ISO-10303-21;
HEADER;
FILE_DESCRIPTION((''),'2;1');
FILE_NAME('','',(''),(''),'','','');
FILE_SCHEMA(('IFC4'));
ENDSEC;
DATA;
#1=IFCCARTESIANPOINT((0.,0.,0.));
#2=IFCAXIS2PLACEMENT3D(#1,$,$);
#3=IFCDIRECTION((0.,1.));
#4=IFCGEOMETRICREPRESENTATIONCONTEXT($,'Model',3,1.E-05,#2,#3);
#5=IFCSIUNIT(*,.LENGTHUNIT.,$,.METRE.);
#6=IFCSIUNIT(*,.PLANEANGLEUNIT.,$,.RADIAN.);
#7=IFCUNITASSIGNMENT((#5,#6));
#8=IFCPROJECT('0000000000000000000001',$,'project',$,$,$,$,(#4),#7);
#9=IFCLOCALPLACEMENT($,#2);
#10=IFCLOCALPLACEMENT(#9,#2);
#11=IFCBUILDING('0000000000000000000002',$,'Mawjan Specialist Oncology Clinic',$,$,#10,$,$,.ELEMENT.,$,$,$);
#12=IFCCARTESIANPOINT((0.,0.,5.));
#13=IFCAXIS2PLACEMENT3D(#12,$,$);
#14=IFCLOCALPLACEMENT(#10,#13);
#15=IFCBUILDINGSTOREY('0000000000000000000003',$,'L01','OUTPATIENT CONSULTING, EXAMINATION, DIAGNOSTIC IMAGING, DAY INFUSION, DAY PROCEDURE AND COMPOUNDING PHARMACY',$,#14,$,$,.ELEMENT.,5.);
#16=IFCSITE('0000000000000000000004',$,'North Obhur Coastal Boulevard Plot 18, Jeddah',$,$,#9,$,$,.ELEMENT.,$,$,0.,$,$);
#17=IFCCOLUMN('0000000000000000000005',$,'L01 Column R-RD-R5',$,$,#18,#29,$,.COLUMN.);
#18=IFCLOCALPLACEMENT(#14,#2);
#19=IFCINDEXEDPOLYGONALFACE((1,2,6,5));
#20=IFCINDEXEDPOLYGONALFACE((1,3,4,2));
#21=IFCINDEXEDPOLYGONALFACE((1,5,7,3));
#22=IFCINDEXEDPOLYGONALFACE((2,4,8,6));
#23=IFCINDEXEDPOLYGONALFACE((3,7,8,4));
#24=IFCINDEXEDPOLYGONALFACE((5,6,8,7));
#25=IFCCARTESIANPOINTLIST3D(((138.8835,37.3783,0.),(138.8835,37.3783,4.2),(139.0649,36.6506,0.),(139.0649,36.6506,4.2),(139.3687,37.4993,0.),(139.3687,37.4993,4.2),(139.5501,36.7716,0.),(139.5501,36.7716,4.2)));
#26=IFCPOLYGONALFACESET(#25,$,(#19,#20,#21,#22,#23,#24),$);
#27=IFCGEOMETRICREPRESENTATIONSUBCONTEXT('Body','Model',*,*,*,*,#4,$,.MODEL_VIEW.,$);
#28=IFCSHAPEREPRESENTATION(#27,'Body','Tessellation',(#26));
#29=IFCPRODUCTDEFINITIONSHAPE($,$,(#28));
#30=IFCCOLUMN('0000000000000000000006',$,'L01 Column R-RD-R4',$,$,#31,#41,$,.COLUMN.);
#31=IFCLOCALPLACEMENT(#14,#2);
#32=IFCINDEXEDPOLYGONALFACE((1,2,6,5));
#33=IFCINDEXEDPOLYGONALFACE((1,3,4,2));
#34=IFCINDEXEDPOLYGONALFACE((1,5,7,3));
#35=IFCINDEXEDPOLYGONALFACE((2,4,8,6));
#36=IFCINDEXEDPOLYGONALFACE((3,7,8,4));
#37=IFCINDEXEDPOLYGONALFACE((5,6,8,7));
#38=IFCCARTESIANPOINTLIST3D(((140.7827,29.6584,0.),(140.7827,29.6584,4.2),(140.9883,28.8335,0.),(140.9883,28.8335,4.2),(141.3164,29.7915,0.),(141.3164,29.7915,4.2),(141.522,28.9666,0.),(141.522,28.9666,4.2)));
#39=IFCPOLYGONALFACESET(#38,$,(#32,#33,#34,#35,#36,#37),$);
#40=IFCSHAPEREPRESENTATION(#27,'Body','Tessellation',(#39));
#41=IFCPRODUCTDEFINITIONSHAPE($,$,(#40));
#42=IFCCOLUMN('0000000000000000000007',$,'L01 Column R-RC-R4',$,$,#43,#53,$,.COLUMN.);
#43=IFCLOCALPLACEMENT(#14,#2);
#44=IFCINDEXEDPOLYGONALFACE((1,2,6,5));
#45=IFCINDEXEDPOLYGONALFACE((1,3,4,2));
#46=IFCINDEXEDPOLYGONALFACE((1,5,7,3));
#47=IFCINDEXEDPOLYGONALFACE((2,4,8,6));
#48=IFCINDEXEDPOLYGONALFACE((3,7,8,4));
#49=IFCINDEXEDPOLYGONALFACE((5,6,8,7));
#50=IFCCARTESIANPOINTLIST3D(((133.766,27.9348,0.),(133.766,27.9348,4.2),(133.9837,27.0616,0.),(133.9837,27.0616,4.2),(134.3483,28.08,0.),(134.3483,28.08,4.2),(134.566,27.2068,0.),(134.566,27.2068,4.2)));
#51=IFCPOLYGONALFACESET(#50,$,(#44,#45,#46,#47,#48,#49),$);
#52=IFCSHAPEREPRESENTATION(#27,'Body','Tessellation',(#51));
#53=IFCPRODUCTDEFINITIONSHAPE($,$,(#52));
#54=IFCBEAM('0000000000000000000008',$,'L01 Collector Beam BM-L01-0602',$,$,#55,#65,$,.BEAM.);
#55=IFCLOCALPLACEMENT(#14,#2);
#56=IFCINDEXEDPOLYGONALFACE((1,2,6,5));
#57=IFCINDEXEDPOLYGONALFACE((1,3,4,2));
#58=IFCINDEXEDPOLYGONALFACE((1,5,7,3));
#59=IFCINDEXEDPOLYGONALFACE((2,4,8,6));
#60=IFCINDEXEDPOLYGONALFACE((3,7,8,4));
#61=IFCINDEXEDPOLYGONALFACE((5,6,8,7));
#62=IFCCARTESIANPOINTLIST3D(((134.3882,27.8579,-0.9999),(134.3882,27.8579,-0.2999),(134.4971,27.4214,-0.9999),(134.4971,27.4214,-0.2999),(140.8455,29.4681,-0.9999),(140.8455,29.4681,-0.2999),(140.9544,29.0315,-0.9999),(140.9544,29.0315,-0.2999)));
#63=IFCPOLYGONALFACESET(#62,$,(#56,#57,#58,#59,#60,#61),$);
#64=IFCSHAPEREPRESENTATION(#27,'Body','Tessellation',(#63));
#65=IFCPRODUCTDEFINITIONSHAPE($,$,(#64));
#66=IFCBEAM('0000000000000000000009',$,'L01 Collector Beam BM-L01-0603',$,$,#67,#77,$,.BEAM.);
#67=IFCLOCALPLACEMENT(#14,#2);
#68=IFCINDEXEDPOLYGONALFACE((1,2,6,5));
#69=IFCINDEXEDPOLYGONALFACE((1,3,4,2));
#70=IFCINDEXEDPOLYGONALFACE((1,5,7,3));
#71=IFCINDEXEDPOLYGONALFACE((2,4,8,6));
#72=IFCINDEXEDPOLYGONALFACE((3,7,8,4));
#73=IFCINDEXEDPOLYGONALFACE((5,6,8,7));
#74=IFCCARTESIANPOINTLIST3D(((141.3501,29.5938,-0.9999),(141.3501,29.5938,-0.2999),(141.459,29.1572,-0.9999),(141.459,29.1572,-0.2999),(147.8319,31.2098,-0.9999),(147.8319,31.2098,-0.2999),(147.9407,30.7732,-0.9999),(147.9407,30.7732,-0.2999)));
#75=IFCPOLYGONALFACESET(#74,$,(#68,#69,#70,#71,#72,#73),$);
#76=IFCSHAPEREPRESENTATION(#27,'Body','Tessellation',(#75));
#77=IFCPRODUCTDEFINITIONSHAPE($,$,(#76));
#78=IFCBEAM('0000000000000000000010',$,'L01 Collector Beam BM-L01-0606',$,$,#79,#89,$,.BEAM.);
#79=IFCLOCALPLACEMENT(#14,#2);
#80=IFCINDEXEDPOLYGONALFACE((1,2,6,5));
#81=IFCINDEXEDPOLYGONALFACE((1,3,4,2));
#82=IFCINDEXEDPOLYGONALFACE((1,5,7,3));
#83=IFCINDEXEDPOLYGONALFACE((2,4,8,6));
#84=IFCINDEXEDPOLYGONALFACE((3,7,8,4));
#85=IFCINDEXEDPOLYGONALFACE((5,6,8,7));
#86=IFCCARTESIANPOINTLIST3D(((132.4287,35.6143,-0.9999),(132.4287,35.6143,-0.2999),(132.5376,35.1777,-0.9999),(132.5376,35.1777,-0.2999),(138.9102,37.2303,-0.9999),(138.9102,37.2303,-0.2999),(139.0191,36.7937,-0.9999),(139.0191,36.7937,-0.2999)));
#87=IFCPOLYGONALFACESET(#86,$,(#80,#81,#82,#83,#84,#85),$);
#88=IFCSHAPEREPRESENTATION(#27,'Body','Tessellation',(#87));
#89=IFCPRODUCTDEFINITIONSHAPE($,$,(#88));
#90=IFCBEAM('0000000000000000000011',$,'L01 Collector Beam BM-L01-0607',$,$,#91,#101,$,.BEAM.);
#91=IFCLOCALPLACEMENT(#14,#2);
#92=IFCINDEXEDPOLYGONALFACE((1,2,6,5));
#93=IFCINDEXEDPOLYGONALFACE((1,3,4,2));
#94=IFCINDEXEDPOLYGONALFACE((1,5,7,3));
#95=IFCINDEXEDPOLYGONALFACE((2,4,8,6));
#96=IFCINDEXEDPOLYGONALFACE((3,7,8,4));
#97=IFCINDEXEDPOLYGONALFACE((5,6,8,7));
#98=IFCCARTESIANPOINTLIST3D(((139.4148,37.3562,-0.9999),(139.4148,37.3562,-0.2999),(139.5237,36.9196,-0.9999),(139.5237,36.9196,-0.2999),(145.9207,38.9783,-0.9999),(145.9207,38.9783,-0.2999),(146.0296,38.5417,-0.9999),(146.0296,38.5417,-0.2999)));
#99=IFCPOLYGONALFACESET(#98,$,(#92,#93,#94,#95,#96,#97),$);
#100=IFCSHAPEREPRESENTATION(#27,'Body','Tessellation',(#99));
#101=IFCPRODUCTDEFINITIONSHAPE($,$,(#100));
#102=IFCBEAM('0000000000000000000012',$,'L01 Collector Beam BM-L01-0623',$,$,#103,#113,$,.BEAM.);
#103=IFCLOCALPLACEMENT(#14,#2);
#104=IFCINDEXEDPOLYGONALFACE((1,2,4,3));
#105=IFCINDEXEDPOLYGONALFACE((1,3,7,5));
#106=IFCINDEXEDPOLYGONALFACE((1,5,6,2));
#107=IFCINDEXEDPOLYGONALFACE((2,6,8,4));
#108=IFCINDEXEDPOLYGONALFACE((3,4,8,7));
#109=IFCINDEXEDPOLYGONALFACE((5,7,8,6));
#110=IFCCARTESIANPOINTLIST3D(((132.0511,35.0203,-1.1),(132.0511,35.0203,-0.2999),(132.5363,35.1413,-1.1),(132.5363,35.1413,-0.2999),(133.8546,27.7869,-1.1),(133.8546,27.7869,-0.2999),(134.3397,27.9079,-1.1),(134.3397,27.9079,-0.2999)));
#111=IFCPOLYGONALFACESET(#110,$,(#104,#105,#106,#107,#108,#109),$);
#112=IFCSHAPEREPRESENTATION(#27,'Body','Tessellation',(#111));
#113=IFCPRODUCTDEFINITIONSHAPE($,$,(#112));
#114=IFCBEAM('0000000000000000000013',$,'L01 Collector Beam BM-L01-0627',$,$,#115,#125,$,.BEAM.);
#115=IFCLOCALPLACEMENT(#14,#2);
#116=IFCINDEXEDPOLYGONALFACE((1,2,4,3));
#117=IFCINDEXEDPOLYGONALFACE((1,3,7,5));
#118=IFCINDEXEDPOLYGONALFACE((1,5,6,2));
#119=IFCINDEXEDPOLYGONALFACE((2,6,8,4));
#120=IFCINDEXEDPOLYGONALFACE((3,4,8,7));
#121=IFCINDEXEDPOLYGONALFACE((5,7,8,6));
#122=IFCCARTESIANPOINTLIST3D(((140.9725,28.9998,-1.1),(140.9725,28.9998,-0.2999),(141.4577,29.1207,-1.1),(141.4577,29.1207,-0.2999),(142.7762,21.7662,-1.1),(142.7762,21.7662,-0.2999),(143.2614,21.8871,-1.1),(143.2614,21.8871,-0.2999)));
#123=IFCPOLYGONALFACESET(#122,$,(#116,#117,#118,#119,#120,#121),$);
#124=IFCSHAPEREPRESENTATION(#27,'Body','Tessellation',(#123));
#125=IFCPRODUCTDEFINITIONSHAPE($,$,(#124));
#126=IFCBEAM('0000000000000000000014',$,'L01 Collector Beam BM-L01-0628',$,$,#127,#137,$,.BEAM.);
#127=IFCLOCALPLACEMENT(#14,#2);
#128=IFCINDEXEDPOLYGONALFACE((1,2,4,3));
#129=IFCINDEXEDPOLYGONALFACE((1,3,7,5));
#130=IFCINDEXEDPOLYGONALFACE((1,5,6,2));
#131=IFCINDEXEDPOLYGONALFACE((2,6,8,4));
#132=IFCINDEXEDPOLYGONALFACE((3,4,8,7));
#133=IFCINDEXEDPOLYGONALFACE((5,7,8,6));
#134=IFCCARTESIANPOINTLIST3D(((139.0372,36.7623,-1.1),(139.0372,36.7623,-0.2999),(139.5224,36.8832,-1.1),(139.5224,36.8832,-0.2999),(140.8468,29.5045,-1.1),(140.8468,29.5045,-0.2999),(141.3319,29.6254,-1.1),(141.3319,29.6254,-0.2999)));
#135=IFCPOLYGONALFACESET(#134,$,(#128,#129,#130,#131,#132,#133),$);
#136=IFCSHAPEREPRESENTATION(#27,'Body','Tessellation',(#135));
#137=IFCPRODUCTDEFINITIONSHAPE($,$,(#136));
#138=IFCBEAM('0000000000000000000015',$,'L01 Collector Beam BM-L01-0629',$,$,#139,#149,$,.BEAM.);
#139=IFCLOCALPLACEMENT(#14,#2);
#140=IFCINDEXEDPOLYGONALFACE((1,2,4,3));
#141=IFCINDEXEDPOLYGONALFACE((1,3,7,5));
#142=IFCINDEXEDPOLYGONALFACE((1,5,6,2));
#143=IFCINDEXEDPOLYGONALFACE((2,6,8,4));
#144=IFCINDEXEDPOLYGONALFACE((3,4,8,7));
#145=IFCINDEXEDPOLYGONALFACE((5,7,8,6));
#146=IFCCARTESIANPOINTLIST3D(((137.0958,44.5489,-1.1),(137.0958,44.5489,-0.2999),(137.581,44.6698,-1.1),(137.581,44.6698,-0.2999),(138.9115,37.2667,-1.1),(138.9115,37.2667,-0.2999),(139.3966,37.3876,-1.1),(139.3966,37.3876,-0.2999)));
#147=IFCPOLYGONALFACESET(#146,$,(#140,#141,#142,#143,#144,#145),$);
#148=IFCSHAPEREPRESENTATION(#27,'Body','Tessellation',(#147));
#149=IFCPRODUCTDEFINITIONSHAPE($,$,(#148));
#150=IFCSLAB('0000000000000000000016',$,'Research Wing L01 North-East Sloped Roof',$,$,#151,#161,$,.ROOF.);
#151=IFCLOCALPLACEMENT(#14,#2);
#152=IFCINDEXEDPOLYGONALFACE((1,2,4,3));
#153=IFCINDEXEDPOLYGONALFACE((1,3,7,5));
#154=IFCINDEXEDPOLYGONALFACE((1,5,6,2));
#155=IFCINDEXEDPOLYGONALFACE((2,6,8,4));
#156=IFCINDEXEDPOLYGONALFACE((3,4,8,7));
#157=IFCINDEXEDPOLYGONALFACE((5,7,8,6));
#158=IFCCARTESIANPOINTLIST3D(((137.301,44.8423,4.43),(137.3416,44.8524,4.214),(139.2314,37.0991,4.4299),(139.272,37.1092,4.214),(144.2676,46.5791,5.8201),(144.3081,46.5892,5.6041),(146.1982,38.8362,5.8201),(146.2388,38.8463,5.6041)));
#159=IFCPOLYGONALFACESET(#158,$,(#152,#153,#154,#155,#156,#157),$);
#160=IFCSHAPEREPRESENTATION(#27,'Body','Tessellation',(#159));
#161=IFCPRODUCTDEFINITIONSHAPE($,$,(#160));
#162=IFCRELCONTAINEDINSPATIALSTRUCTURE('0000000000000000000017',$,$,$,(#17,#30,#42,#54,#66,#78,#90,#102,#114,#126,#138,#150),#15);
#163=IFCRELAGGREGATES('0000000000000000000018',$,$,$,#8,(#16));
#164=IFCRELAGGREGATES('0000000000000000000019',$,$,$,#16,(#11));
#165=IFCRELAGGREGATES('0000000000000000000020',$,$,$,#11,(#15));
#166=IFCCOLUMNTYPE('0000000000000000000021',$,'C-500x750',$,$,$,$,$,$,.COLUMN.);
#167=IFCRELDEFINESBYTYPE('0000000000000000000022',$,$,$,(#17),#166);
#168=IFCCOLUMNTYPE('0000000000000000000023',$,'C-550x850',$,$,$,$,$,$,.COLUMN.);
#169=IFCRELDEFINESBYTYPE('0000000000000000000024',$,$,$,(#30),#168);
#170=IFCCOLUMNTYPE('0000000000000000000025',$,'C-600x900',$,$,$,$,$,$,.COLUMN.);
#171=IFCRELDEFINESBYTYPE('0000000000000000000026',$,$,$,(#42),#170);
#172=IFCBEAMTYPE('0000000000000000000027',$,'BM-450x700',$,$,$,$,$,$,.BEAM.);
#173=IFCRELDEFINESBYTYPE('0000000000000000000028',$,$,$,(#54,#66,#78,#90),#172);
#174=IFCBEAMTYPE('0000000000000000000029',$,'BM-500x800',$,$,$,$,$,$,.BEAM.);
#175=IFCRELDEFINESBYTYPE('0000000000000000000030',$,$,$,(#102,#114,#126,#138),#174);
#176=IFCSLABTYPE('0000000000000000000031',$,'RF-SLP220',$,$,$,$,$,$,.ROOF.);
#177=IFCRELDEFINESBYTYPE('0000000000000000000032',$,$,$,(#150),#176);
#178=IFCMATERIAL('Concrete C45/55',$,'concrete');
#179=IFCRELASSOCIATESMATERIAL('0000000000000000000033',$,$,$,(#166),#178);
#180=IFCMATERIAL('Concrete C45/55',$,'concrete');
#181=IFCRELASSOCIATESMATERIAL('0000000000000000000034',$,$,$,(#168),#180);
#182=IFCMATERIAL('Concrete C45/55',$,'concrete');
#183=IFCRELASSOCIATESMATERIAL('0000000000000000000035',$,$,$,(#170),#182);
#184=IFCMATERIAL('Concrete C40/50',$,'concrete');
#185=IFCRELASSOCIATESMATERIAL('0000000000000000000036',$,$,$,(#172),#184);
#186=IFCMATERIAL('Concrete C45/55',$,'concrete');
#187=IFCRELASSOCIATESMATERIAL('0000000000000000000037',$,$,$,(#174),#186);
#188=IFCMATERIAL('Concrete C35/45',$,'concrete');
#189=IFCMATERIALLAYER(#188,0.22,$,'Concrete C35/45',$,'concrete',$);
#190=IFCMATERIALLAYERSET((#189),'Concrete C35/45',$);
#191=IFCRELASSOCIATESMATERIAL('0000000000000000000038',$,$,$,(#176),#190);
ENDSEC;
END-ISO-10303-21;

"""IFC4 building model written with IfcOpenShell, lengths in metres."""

from ifc_helpers import new_model, si_unit, direction, frame, origin, origin_2d, place, context, subcontext, project, spatial, polyline, rectangle, outline, extrude, material, layer, layer_set, material_profile, profile_set, type_object, element, save


model = new_model("IFC4")

# Units and contexts
model_context = context("Model", 3, precision=1e-05, world=origin(), true_north=direction((0.0, 1.0)))
body_context = subcontext(model_context, "Body", "Model", "MODEL_VIEW")
ifc_project = project(units=[si_unit("LENGTHUNIT", "METRE"), si_unit("PLANEANGLEUNIT", "RADIAN")], contexts=[model_context])

# Site, building, storey
site_placement = place(None, origin())
site = spatial("IfcSite", under=ifc_project, at=site_placement, Name="North Obhur Coastal Boulevard Plot 18, Jeddah", CompositionType="ELEMENT", RefElevation=0.0)
building_placement = place(site_placement, origin())
building = spatial("IfcBuilding", under=site, at=building_placement, Name="Mawjan Specialist Oncology Clinic", CompositionType="ELEMENT")
storey_placement = place(building_placement, frame((0.0, 0.0, 5.0)))
storey = spatial("IfcBuildingStorey", under=building, at=storey_placement, Name="L01", Description="OUTPATIENT CONSULTING, EXAMINATION, DIAGNOSTIC IMAGING, DAY INFUSION, DAY PROCEDURE AND COMPOUNDING PHARMACY", CompositionType="ELEMENT", Elevation=5.0)

# Columns
ifc_material_1 = material(Name="Concrete C45/55", Category="concrete")
ifc_material_profile_1 = material_profile(ifc_material_1, rectangle(XDim=0.5, YDim=0.75, at=origin_2d()), Name="RC COL 500x750", Category="concrete")
ifc_profile_set_1 = profile_set([ifc_material_profile_1], Name="Concrete C45/55")
column_type_1 = type_object("IfcColumnType", Name="C-500x750", PredefinedType="COLUMN", material=ifc_profile_set_1)
column_1_placement = place(storey_placement, frame((139.2168, 37.075, 0.0), z_axis=(0.0, 0.0, 1.0), x_axis=(0.970296, 0.241922, 0.0)))
element("IfcColumn", 1, at=column_1_placement, inside=storey, type_object=column_type_1, Name="L01 Column R-RD-R5", PredefinedType="COLUMN", context=body_context, shape_type="SweptSolid", body=[
    extrude(rectangle(XDim=0.5, YDim=0.75, at=origin_2d()), origin(), (0.0, 0.0, 1.0), 4.2),
])
ifc_material_2 = material(Name="Concrete C45/55", Category="concrete")
ifc_material_profile_2 = material_profile(ifc_material_2, rectangle(XDim=0.55, YDim=0.8501, at=origin_2d()), Name="RC COL 550x850", Category="concrete")
ifc_profile_set_2 = profile_set([ifc_material_profile_2], Name="Concrete C45/55")
column_type_2 = type_object("IfcColumnType", Name="C-550x850", PredefinedType="COLUMN", material=ifc_profile_set_2)
column_2_placement = place(storey_placement, frame((141.1523, 29.3125, 0.0), z_axis=(0.0, 0.0, 1.0), x_axis=(0.970296, 0.241922, 0.0)))
element("IfcColumn", 2, at=column_2_placement, inside=storey, type_object=column_type_2, Name="L01 Column R-RD-R4", PredefinedType="COLUMN", context=body_context, shape_type="SweptSolid", body=[
    extrude(rectangle(XDim=0.55, YDim=0.8501, at=origin_2d()), origin(), (0.0, 0.0, 1.0), 4.2),
])
ifc_material_3 = material(Name="Concrete C45/55", Category="concrete")
ifc_material_profile_3 = material_profile(ifc_material_3, rectangle(XDim=0.6001, YDim=0.8999, at=origin_2d()), Name="RC COL 600x900", Category="concrete")
ifc_profile_set_3 = profile_set([ifc_material_profile_3], Name="Concrete C45/55")
column_type_3 = type_object("IfcColumnType", Name="C-600x900", PredefinedType="COLUMN", material=ifc_profile_set_3)
column_3_placement = place(storey_placement, frame((134.166, 27.5708, 0.0), z_axis=(0.0, 0.0, 1.0), x_axis=(0.970296, 0.241922, 0.0)))
element("IfcColumn", 3, at=column_3_placement, inside=storey, type_object=column_type_3, Name="L01 Column R-RC-R4", PredefinedType="COLUMN", context=body_context, shape_type="SweptSolid", body=[
    extrude(rectangle(XDim=0.6001, YDim=0.8999, at=origin_2d()), origin(), (0.0, 0.0, 1.0), 4.2),
])

# Beams
ifc_material_4 = material(Name="Concrete C40/50", Category="concrete")
ifc_material_profile_4 = material_profile(ifc_material_4, rectangle(XDim=0.45, YDim=0.7, at=origin_2d()), Name="RC BM 450x700", Category="concrete")
ifc_profile_set_4 = profile_set([ifc_material_profile_4], Name="Concrete C40/50")
beam_type_1 = type_object("IfcBeamType", Name="BM-450x700", PredefinedType="BEAM", material=ifc_profile_set_4)
beam_1_placement = place(storey_placement, frame((134.4426, 27.6396, -0.6499), z_axis=(0.970291, 0.24194, 0.0), x_axis=(-0.24194, 0.970291, 0.0)))
element("IfcBeam", 4, at=beam_1_placement, inside=storey, type_object=beam_type_1, Name="L01 Collector Beam BM-L01-0602", PredefinedType="BEAM", context=body_context, shape_type="SweptSolid", body=[
    extrude(rectangle(XDim=0.45, YDim=0.7, at=origin_2d()), origin(), (0.0, 0.0, 1.0), 6.655),
])
beam_2_placement = place(storey_placement, frame((141.4045, 29.3755, -0.6499), z_axis=(0.970299, 0.241908, 0.0), x_axis=(-0.241908, 0.970299, 0.0)))
element("IfcBeam", 5, at=beam_2_placement, inside=storey, type_object=beam_type_1, Name="L01 Collector Beam BM-L01-0603", PredefinedType="BEAM", context=body_context, shape_type="SweptSolid", body=[
    extrude(rectangle(XDim=0.45, YDim=0.7, at=origin_2d()), origin(), (0.0, 0.0, 1.0), 6.6802),
])
beam_3_placement = place(storey_placement, frame((132.4832, 35.396, -0.6499), z_axis=(0.970297, 0.241916, 0.0), x_axis=(-0.241916, 0.970297, 0.0)))
element("IfcBeam", 6, at=beam_3_placement, inside=storey, type_object=beam_type_1, Name="L01 Collector Beam BM-L01-0606", PredefinedType="BEAM", context=body_context, shape_type="SweptSolid", body=[
    extrude(rectangle(XDim=0.45, YDim=0.7, at=origin_2d()), origin(), (0.0, 0.0, 1.0), 6.6799),
])
beam_4_placement = place(storey_placement, frame((139.4692, 37.1379, -0.6499), z_axis=(0.970297, 0.241919, 0.0), x_axis=(-0.241919, 0.970297, 0.0)))
element("IfcBeam", 7, at=beam_4_placement, inside=storey, type_object=beam_type_1, Name="L01 Collector Beam BM-L01-0607", PredefinedType="BEAM", context=body_context, shape_type="SweptSolid", body=[
    extrude(rectangle(XDim=0.45, YDim=0.7, at=origin_2d()), origin(), (0.0, 0.0, 1.0), 6.7051),
])
ifc_material_5 = material(Name="Concrete C45/55", Category="concrete")
ifc_material_profile_5 = material_profile(ifc_material_5, rectangle(XDim=0.5, YDim=0.8, at=origin_2d()), Name="RC BM 500x800", Category="concrete")
ifc_profile_set_5 = profile_set([ifc_material_profile_5], Name="Concrete C45/55")
beam_type_2 = type_object("IfcBeamType", Name="BM-500x800", PredefinedType="BEAM", material=ifc_profile_set_5)
beam_5_placement = place(storey_placement, frame((134.0972, 27.8474, -0.7), z_axis=(-0.241919, 0.970296, 0.0), x_axis=(-0.970296, -0.241919, 0.0)))
element("IfcBeam", 8, at=beam_5_placement, inside=storey, type_object=beam_type_2, Name="L01 Collector Beam BM-L01-0623", PredefinedType="BEAM", context=body_context, shape_type="SweptSolid", body=[
    extrude(rectangle(XDim=0.5, YDim=0.8, at=origin_2d()), origin(), (0.0, 0.0, 1.0), 7.4548),
])
beam_6_placement = place(storey_placement, frame((143.0188, 21.8267, -0.7), z_axis=(-0.241942, 0.970291, 0.0), x_axis=(-0.970291, -0.241942, 0.0)))
element("IfcBeam", 9, at=beam_6_placement, inside=storey, type_object=beam_type_2, Name="L01 Collector Beam BM-L01-0627", PredefinedType="BEAM", context=body_context, shape_type="SweptSolid", body=[
    extrude(rectangle(XDim=0.5, YDim=0.8, at=origin_2d()), origin(), (0.0, 0.0, 1.0), 7.4551),
])
beam_7_placement = place(storey_placement, frame((141.0894, 29.5649, -0.7), z_axis=(-0.241921, 0.970296, 0.0), x_axis=(-0.970296, -0.241921, 0.0)))
element("IfcBeam", 10, at=beam_7_placement, inside=storey, type_object=beam_type_2, Name="L01 Collector Beam BM-L01-0628", PredefinedType="BEAM", context=body_context, shape_type="SweptSolid", body=[
    extrude(rectangle(XDim=0.5, YDim=0.8, at=origin_2d()), origin(), (0.0, 0.0, 1.0), 7.48),
])
beam_8_placement = place(storey_placement, frame((139.1541, 37.3271, -0.7), z_axis=(-0.241923, 0.970295, 0.0), x_axis=(-0.970295, -0.241923, 0.0)))
element("IfcBeam", 11, at=beam_8_placement, inside=storey, type_object=beam_type_2, Name="L01 Collector Beam BM-L01-0629", PredefinedType="BEAM", context=body_context, shape_type="SweptSolid", body=[
    extrude(rectangle(XDim=0.5, YDim=0.8, at=origin_2d()), origin(), (0.0, 0.0, 1.0), 7.5051),
])

# Slab
ifc_material_6 = material(Name="Concrete C35/45", Category="concrete")
ifc_layer_1 = layer(ifc_material_6, 0.22, Name="Concrete C35/45", Category="concrete")
ifc_layer_set_1 = layer_set([ifc_layer_1], Name="Concrete C35/45")
slab_type = type_object("IfcSlabType", Name="RF-SLP220", PredefinedType="ROOF", material=ifc_layer_set_1)
slab_placement = place(storey_placement, frame((139.2314, 37.0991, 4.4299), z_axis=(-0.184438, -0.045985, 0.981768), x_axis=(-0.241903, 0.9703, 0.000003)))
element("IfcSlab", 12, at=slab_placement, inside=storey, type_object=slab_type, Name="Research Wing L01 North-East Sloped Roof", PredefinedType="ROOF", context=body_context, shape_type="SweptSolid", body=[
    extrude(outline(polyline([(0.0, 0.0), (7.9802, 0.0), (7.9802, -7.3131), (0.0002, -7.3134), (0.0, 0.0)])), origin(), (0.0, 0.0, -1.0), 0.22),
])

save(model, "model.ifc")
